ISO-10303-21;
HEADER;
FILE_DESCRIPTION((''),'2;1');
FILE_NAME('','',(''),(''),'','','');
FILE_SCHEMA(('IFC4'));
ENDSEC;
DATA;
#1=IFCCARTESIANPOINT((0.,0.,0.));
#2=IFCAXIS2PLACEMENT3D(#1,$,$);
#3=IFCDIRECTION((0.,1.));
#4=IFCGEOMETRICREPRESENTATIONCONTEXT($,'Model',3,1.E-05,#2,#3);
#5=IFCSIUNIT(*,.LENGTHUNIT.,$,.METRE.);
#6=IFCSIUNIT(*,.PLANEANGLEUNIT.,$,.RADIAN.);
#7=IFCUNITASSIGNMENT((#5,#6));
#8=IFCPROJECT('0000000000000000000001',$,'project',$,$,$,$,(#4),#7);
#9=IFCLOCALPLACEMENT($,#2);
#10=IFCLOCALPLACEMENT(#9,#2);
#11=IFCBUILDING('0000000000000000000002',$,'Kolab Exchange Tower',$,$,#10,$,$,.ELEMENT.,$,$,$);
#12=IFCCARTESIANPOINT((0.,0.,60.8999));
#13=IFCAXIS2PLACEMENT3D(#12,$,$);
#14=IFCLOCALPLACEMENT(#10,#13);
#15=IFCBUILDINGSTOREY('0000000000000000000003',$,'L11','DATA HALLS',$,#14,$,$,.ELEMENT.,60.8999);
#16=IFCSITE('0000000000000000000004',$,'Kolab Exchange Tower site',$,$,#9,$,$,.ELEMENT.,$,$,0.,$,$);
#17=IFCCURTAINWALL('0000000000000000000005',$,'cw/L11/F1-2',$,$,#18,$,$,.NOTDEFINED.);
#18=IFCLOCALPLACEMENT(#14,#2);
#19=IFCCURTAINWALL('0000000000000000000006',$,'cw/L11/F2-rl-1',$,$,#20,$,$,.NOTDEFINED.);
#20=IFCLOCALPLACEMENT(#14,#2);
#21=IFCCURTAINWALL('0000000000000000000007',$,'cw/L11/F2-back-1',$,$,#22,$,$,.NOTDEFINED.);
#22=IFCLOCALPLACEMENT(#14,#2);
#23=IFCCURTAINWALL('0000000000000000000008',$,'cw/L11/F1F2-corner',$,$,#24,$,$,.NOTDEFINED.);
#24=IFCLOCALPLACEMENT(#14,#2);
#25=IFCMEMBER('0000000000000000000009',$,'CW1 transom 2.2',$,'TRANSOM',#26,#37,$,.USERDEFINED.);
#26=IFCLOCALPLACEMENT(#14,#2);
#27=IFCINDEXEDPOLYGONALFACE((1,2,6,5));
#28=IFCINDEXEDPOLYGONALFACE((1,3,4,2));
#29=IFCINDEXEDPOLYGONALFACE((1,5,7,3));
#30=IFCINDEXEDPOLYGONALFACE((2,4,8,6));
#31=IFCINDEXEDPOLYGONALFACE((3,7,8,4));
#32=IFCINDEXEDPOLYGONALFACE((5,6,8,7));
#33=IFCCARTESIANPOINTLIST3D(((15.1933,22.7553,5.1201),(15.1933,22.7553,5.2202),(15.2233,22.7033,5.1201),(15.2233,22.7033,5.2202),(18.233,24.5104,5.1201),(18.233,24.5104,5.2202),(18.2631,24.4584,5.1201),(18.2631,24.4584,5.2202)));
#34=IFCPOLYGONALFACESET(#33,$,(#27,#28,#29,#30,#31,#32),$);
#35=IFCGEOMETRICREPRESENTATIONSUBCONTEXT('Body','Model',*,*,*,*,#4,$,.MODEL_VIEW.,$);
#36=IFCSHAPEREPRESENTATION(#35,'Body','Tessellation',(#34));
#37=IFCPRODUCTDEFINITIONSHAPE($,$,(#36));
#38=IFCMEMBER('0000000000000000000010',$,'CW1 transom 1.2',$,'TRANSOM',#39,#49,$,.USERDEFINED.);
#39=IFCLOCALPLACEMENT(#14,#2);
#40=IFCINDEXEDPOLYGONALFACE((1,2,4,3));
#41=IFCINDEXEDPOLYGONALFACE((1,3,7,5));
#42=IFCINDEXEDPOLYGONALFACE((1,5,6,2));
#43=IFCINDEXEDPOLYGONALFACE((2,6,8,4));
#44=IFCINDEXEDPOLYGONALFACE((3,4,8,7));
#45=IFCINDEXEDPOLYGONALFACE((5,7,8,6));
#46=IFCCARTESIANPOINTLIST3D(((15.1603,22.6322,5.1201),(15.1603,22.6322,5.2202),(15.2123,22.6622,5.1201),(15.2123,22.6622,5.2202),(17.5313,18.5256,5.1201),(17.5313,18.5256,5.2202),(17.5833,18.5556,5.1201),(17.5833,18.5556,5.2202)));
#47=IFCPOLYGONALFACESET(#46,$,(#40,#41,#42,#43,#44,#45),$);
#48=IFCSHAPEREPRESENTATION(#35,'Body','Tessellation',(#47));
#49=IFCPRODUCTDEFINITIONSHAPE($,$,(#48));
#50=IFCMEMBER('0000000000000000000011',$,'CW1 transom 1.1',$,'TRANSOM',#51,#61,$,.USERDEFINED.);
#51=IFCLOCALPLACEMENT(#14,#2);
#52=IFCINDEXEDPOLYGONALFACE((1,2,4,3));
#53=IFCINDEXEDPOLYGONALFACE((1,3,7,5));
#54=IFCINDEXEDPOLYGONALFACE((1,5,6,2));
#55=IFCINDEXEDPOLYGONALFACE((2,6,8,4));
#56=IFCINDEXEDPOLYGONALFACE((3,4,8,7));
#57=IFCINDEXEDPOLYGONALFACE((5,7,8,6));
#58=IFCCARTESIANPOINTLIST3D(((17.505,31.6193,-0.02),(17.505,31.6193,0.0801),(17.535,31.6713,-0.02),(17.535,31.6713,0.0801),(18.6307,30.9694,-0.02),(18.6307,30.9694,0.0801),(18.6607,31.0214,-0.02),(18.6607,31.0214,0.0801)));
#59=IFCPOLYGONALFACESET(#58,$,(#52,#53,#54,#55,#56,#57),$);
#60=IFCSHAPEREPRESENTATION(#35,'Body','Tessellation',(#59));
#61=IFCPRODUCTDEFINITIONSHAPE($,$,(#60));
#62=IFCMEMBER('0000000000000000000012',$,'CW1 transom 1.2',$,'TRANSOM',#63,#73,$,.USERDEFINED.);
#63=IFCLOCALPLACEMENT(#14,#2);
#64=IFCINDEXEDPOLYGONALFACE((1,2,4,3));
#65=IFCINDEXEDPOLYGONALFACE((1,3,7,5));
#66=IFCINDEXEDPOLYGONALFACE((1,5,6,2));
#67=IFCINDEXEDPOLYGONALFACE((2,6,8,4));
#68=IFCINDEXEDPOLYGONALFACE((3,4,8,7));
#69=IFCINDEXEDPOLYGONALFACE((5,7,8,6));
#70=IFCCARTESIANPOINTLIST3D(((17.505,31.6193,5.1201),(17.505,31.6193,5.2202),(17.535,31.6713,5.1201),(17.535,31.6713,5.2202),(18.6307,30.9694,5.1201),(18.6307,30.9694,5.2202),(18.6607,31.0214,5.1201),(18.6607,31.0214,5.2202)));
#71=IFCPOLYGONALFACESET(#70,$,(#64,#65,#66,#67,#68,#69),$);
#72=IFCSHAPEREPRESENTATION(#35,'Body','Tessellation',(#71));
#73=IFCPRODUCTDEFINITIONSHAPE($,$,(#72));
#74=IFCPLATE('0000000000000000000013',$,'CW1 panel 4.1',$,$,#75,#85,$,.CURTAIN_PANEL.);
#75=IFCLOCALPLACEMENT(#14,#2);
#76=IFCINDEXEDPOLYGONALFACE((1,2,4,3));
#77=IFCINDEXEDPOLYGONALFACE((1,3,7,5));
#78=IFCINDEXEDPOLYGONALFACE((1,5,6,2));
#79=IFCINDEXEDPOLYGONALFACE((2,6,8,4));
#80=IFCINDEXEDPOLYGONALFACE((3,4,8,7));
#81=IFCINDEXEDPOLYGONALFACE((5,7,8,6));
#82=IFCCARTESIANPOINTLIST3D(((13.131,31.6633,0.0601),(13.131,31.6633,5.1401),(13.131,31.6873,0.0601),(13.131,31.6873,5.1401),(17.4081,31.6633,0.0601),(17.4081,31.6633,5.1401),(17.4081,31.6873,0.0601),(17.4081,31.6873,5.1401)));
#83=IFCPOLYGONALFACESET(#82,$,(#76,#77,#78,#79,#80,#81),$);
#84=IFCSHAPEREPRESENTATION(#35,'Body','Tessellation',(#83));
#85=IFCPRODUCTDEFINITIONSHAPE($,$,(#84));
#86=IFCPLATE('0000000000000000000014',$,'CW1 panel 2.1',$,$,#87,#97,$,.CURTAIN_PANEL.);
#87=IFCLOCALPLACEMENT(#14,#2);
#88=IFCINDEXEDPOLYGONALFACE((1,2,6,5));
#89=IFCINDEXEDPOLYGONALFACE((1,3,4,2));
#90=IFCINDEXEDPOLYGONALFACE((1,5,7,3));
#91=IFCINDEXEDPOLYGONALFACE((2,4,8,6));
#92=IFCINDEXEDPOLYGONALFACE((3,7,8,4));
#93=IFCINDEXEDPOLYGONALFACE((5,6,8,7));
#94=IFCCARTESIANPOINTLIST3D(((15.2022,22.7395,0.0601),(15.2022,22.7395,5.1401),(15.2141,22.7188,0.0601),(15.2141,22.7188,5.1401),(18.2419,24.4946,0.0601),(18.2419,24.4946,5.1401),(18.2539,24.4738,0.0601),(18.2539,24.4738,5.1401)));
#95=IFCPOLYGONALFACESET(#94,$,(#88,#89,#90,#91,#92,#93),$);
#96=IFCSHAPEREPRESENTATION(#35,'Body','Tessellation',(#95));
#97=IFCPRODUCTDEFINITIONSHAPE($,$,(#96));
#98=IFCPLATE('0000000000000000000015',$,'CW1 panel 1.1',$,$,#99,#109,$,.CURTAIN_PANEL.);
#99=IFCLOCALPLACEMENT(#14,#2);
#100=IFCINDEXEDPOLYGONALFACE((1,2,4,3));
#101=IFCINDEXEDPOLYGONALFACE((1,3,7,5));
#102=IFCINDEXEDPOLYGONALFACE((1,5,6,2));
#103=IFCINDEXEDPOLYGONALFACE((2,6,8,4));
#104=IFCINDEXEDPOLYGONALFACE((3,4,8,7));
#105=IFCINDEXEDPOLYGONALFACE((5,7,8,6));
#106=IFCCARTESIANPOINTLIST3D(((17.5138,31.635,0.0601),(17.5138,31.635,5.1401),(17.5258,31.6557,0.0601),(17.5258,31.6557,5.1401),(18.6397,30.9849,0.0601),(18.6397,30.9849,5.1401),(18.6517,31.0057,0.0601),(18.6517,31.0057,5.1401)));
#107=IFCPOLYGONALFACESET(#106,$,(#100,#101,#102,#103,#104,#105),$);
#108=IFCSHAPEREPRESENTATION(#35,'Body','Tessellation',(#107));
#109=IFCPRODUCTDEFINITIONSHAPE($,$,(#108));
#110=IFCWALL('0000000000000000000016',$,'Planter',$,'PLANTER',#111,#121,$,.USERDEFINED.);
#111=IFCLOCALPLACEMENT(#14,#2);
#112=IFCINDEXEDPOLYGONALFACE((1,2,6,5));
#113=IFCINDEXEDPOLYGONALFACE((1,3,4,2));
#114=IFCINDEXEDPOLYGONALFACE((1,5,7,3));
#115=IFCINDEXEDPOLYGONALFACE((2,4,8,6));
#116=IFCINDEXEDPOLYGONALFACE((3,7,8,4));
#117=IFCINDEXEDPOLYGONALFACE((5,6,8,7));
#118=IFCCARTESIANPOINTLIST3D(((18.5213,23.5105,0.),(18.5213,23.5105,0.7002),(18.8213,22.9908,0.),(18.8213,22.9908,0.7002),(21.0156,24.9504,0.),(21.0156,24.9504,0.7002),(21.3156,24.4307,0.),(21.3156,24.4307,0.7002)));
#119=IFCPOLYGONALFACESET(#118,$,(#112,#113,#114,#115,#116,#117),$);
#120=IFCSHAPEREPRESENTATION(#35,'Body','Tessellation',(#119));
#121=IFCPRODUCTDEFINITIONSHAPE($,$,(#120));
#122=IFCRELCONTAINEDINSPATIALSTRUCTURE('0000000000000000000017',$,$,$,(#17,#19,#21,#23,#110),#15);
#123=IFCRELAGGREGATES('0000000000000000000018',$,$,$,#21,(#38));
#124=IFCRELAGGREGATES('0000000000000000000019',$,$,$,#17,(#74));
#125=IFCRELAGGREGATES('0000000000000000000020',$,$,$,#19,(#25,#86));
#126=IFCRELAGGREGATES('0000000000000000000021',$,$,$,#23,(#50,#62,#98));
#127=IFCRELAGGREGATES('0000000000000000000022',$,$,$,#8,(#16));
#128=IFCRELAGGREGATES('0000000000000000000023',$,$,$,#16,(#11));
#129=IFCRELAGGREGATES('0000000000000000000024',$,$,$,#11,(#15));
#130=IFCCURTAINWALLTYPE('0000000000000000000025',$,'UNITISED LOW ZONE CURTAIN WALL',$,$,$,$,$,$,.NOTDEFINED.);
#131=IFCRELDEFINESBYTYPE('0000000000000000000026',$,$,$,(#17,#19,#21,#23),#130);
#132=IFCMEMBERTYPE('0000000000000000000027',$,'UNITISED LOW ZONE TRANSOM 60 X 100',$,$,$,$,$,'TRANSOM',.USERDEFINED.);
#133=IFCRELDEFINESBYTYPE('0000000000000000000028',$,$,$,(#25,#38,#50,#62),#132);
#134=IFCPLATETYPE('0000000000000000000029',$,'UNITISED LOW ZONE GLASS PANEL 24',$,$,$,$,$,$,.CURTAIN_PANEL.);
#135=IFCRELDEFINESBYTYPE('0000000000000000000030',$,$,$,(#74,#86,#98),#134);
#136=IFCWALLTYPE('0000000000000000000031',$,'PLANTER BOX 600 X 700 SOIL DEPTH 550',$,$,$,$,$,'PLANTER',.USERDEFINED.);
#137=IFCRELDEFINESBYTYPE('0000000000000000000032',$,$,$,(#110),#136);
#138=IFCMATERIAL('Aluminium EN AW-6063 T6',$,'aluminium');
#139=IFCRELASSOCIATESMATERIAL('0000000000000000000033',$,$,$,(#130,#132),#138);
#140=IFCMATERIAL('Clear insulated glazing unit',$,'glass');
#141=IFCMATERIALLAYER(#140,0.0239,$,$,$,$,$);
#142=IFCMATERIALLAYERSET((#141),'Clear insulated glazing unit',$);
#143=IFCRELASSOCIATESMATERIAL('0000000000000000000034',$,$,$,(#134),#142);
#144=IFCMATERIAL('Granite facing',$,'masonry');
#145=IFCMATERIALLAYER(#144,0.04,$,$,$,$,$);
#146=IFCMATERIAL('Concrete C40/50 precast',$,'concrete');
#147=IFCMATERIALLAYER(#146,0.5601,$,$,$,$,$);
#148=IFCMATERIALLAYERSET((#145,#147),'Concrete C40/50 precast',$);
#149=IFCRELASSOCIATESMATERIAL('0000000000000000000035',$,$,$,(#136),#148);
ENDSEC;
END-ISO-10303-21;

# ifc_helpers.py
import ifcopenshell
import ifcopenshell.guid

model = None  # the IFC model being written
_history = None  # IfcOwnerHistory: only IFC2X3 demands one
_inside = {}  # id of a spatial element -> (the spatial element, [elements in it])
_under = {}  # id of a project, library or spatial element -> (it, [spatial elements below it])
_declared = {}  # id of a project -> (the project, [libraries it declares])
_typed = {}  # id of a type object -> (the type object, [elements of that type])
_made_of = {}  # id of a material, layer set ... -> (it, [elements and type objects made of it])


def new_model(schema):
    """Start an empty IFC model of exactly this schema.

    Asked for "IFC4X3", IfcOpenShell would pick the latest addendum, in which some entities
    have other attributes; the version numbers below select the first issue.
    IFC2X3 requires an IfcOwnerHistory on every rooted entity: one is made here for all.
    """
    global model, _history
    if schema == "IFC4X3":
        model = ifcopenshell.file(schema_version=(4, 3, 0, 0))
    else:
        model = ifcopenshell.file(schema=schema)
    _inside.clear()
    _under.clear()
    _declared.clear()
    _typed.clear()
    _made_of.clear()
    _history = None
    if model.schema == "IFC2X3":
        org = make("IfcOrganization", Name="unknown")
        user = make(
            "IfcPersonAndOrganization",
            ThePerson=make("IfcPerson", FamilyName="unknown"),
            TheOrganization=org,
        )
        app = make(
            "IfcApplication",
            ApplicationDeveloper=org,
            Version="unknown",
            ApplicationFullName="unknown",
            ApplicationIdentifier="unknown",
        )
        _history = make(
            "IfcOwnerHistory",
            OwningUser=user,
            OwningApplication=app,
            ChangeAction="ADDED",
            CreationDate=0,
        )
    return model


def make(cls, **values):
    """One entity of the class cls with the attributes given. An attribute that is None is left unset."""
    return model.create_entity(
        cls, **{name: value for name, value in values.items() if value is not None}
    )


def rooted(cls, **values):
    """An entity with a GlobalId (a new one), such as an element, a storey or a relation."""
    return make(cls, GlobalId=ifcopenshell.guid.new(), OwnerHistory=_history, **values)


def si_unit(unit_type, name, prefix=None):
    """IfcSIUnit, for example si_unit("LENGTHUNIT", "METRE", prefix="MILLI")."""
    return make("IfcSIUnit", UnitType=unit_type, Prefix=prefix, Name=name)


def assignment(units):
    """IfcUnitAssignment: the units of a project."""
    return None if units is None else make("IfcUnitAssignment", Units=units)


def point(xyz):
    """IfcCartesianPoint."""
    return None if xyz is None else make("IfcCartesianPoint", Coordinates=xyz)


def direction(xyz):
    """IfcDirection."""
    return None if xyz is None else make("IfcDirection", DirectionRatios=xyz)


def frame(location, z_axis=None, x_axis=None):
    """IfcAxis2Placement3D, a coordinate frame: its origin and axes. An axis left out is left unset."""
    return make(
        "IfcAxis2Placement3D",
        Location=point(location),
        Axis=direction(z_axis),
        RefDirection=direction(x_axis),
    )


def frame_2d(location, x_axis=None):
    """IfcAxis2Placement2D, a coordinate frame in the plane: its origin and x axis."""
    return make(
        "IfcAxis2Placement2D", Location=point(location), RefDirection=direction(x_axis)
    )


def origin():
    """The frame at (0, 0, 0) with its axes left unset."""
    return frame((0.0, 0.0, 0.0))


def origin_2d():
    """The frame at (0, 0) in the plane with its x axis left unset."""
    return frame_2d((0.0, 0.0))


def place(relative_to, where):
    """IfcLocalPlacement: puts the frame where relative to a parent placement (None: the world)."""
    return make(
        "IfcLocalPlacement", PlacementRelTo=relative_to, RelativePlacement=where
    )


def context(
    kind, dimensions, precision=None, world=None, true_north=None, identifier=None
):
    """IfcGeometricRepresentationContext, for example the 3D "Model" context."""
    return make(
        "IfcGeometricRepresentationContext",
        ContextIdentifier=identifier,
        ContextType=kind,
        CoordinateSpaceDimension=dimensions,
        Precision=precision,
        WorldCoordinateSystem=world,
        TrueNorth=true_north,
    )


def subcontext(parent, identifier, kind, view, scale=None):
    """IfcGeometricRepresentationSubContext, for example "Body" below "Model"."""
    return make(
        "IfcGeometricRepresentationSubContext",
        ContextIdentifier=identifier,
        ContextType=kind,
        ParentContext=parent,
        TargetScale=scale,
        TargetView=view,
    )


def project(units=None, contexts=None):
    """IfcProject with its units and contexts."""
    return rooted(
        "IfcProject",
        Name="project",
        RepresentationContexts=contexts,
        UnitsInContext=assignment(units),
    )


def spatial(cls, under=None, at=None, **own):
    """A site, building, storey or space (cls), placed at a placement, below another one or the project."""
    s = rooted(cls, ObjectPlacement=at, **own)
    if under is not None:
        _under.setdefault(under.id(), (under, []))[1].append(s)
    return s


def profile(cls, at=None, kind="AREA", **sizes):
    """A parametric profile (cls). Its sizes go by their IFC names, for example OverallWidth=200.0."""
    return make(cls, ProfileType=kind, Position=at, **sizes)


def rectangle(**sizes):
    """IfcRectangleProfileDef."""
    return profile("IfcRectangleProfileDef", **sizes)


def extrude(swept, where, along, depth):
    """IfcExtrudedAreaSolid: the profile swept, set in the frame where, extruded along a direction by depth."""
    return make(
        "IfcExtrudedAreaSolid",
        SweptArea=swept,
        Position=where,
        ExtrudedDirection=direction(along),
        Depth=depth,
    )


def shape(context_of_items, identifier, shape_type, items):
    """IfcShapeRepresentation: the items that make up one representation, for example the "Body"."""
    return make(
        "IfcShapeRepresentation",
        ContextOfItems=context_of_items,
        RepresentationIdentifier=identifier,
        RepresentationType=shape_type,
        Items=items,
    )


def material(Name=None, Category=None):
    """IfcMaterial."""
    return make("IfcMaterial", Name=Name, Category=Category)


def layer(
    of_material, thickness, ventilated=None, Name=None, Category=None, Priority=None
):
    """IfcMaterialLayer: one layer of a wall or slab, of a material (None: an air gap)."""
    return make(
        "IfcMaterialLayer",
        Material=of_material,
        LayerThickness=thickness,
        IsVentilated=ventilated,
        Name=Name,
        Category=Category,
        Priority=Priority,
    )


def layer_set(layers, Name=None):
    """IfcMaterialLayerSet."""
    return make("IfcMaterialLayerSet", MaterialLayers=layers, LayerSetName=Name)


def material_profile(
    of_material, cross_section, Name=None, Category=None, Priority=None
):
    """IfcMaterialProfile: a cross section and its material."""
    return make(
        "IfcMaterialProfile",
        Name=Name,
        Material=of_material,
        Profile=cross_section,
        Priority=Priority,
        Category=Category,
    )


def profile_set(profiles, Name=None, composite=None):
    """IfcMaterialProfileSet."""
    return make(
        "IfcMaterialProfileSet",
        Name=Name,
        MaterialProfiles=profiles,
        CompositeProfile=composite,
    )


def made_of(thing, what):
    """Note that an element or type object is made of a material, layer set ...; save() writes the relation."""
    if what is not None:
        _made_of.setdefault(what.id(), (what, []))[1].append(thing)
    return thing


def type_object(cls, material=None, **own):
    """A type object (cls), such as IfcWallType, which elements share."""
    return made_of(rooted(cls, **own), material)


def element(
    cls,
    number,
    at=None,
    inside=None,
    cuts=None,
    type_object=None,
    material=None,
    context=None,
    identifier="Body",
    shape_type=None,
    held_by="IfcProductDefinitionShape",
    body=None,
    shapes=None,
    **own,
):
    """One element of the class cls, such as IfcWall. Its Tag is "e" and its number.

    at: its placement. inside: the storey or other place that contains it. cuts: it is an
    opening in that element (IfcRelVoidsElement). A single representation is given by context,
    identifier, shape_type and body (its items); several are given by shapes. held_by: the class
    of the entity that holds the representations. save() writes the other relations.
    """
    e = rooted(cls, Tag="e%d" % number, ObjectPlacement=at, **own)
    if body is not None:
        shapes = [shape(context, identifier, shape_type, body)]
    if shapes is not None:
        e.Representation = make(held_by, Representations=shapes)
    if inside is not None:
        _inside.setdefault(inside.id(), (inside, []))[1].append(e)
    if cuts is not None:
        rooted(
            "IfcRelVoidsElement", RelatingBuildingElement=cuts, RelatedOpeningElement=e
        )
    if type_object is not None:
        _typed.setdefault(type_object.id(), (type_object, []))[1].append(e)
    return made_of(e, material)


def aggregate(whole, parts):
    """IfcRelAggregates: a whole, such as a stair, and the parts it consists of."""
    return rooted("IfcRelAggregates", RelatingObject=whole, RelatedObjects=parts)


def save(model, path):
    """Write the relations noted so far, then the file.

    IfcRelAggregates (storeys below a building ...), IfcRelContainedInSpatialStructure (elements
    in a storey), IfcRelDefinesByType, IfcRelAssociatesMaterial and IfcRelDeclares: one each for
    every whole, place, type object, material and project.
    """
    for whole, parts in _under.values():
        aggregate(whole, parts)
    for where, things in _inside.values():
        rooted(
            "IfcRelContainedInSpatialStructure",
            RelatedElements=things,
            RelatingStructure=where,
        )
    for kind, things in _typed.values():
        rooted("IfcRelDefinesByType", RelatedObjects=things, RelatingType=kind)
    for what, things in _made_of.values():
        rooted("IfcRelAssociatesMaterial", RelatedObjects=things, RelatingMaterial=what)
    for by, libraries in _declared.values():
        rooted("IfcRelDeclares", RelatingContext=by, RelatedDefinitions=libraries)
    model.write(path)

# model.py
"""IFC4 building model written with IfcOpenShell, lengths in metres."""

from ifc_helpers import new_model, si_unit, direction, frame, frame_2d, origin, origin_2d, place, context, subcontext, project, spatial, rectangle, extrude, material, layer, layer_set, material_profile, profile_set, type_object, element, aggregate, save


model = new_model("IFC4")

# Units and contexts
model_context = context("Model", 3, precision=1e-05, world=origin(), true_north=direction((0.0, 1.0)))
body_context = subcontext(model_context, "Body", "Model", "MODEL_VIEW")
ifc_project = project(units=[si_unit("LENGTHUNIT", "METRE"), si_unit("PLANEANGLEUNIT", "RADIAN")], contexts=[model_context])

# Site, building, storey
site_placement = place(None, origin())
site = spatial("IfcSite", under=ifc_project, at=site_placement, Name="Kolab Exchange Tower site", CompositionType="ELEMENT", RefElevation=0.0)
building_placement = place(site_placement, origin())
building = spatial("IfcBuilding", under=site, at=building_placement, Name="Kolab Exchange Tower", CompositionType="ELEMENT")
storey_placement = place(building_placement, frame((0.0, 0.0, 60.8999)))
storey = spatial("IfcBuildingStorey", under=building, at=storey_placement, Name="L11", Description="DATA HALLS", CompositionType="ELEMENT", Elevation=60.8999)

# Curtain wall
ifc_material_1 = material(Name="Aluminium EN AW-6063 T6", Category="aluminium")
curtain_wall_type = type_object("IfcCurtainWallType", Name="UNITISED LOW ZONE CURTAIN WALL", PredefinedType="NOTDEFINED", material=ifc_material_1)
curtain_wall_1_placement = place(storey_placement, origin())
curtain_wall_1 = element("IfcCurtainWall", 1, at=curtain_wall_1_placement, inside=storey, type_object=curtain_wall_type, Name="cw/L11/F1-2", PredefinedType="NOTDEFINED")

# Curtain wall
curtain_wall_2_placement = place(storey_placement, origin())
curtain_wall_2 = element("IfcCurtainWall", 2, at=curtain_wall_2_placement, inside=storey, type_object=curtain_wall_type, Name="cw/L11/F2-rl-1", PredefinedType="NOTDEFINED")

# Curtain wall
curtain_wall_3_placement = place(storey_placement, origin())
curtain_wall_3 = element("IfcCurtainWall", 3, at=curtain_wall_3_placement, inside=storey, type_object=curtain_wall_type, Name="cw/L11/F2-back-1", PredefinedType="NOTDEFINED")

# Curtain wall
curtain_wall_4_placement = place(storey_placement, origin())
curtain_wall_4 = element("IfcCurtainWall", 4, at=curtain_wall_4_placement, inside=storey, type_object=curtain_wall_type, Name="cw/L11/F1F2-corner", PredefinedType="NOTDEFINED")

# Members
ifc_material_profile_1 = material_profile(ifc_material_1, rectangle(XDim=0.0601, YDim=0.1001, at=origin_2d()), Name="RECT 60X100")
ifc_profile_set_1 = profile_set([ifc_material_profile_1], Name="Aluminium EN AW-6063 T6")
member_type_1 = type_object("IfcMemberType", Name="UNITISED LOW ZONE TRANSOM 60 X 100", ElementType="TRANSOM", PredefinedType="USERDEFINED", material=ifc_profile_set_1)
member_1_placement = place(storey_placement, frame((18.248, 24.4844, 5.1702), z_axis=(-0.866013, -0.500021, 0.0), x_axis=(0.500021, -0.866013, 0.0)))
member_1 = element("IfcMember", 5, at=member_1_placement, type_object=member_type_1, Name="CW1 transom 2.2", ObjectType="TRANSOM", PredefinedType="USERDEFINED", context=body_context, shape_type="SweptSolid", body=[
    extrude(rectangle(XDim=0.0601, YDim=0.1001, at=origin_2d()), origin(), (0.0, 0.0, 1.0), 3.51),
])
member_2_placement = place(storey_placement, frame((15.1863, 22.6472, 5.1702), z_axis=(0.500015, -0.866017, 0.0), x_axis=(0.866017, 0.500015, 0.0)))
member_2 = element("IfcMember", 6, at=member_2_placement, type_object=member_type_1, Name="CW1 transom 1.2", ObjectType="TRANSOM", PredefinedType="USERDEFINED", context=body_context, shape_type="SweptSolid", body=[
    extrude(rectangle(XDim=0.0601, YDim=0.1001, at=origin_2d()), origin(), (0.0, 0.0, 1.0), 4.7419),
])
aggregate(curtain_wall_3, [member_2])
member_3_placement = place(storey_placement, frame((17.52, 31.6453, 0.03), z_axis=(0.866039, -0.499977, 0.0), x_axis=(0.499977, 0.866039, 0.0)))
member_3 = element("IfcMember", 7, at=member_3_placement, type_object=member_type_1, Name="CW1 transom 1.1", ObjectType="TRANSOM", PredefinedType="USERDEFINED", context=body_context, shape_type="SweptSolid", body=[
    extrude(rectangle(XDim=0.0601, YDim=0.1001, at=origin_2d()), origin(), (0.0, 0.0, 1.0), 1.2998),
])
member_4_placement = place(storey_placement, frame((17.52, 31.6453, 5.1702), z_axis=(0.866039, -0.499977, 0.0), x_axis=(0.499977, 0.866039, 0.0)))
member_4 = element("IfcMember", 8, at=member_4_placement, type_object=member_type_1, Name="CW1 transom 1.2", ObjectType="TRANSOM", PredefinedType="USERDEFINED", context=body_context, shape_type="SweptSolid", body=[
    extrude(rectangle(XDim=0.0601, YDim=0.1001, at=origin_2d()), origin(), (0.0, 0.0, 1.0), 1.2998),
])

# Plates
ifc_material_2 = material(Name="Clear insulated glazing unit", Category="glass")
ifc_layer_1 = layer(ifc_material_2, 0.0239)
ifc_layer_set_1 = layer_set([ifc_layer_1], Name="Clear insulated glazing unit")
plate_type = type_object("IfcPlateType", Name="UNITISED LOW ZONE GLASS PANEL 24", PredefinedType="CURTAIN_PANEL", material=ifc_layer_set_1)
plate_1_placement = place(storey_placement, frame((15.2695, 31.6753, 0.0601), z_axis=(0.0, 0.0, 1.0), x_axis=(1.0, 0.0, 0.0)))
plate_1 = element("IfcPlate", 9, at=plate_1_placement, type_object=plate_type, Name="CW1 panel 4.1", PredefinedType="CURTAIN_PANEL", context=body_context, shape_type="SweptSolid", body=[
    extrude(rectangle(XDim=4.2771, YDim=0.0239, at=origin_2d()), origin(), (0.0, 0.0, 1.0), 5.0801),
])
aggregate(curtain_wall_1, [plate_1])
plate_2_placement = place(storey_placement, frame((16.728, 23.6067, 0.0601), z_axis=(0.0, 0.0, 1.0), x_axis=(-0.866025, -0.5, 0.0)))
plate_2 = element("IfcPlate", 10, at=plate_2_placement, type_object=plate_type, Name="CW1 panel 2.1", PredefinedType="CURTAIN_PANEL", context=body_context, shape_type="SweptSolid", body=[
    extrude(rectangle(XDim=3.51, YDim=0.0239, at=origin_2d()), origin(), (0.0, 0.0, 1.0), 5.0801),
])
aggregate(curtain_wall_2, [member_1, plate_2])
plate_3_placement = place(storey_placement, frame((18.0828, 31.3203, 0.0601), z_axis=(0.0, 0.0, 1.0), x_axis=(0.866025, -0.5, 0.0)))
plate_3 = element("IfcPlate", 11, at=plate_3_placement, type_object=plate_type, Name="CW1 panel 1.1", PredefinedType="CURTAIN_PANEL", context=body_context, shape_type="SweptSolid", body=[
    extrude(rectangle(XDim=1.3, YDim=0.0239, at=origin_2d()), origin(), (0.0, 0.0, 1.0), 5.0801),
])
aggregate(curtain_wall_4, [member_3, member_4, plate_3])

# Wall
ifc_material_3 = material(Name="Granite facing", Category="masonry")
ifc_layer_2 = layer(ifc_material_3, 0.04)
ifc_material_4 = material(Name="Concrete C40/50 precast", Category="concrete")
ifc_layer_3 = layer(ifc_material_4, 0.5601)
ifc_layer_set_2 = layer_set([ifc_layer_2, ifc_layer_3], Name="Concrete C40/50 precast")
wall_type = type_object("IfcWallType", Name="PLANTER BOX 600 X 700 SOIL DEPTH 550", ElementType="PLANTER", PredefinedType="USERDEFINED", material=ifc_layer_set_2)
wall_placement = place(storey_placement, frame((18.6714, 23.2507, 0.0), z_axis=(0.0, 0.0, 1.0), x_axis=(0.866054, 0.49995, 0.0)))
element("IfcWall", 12, at=wall_placement, inside=storey, type_object=wall_type, Name="Planter", ObjectType="PLANTER", PredefinedType="USERDEFINED", context=body_context, shape_type="SweptSolid", body=[
    extrude(rectangle(XDim=2.8801, YDim=0.6001, at=frame_2d((1.4399, 0.0))), origin(), (0.0, 0.0, 1.0), 0.7002),
])

save(model, "model.ifc")
